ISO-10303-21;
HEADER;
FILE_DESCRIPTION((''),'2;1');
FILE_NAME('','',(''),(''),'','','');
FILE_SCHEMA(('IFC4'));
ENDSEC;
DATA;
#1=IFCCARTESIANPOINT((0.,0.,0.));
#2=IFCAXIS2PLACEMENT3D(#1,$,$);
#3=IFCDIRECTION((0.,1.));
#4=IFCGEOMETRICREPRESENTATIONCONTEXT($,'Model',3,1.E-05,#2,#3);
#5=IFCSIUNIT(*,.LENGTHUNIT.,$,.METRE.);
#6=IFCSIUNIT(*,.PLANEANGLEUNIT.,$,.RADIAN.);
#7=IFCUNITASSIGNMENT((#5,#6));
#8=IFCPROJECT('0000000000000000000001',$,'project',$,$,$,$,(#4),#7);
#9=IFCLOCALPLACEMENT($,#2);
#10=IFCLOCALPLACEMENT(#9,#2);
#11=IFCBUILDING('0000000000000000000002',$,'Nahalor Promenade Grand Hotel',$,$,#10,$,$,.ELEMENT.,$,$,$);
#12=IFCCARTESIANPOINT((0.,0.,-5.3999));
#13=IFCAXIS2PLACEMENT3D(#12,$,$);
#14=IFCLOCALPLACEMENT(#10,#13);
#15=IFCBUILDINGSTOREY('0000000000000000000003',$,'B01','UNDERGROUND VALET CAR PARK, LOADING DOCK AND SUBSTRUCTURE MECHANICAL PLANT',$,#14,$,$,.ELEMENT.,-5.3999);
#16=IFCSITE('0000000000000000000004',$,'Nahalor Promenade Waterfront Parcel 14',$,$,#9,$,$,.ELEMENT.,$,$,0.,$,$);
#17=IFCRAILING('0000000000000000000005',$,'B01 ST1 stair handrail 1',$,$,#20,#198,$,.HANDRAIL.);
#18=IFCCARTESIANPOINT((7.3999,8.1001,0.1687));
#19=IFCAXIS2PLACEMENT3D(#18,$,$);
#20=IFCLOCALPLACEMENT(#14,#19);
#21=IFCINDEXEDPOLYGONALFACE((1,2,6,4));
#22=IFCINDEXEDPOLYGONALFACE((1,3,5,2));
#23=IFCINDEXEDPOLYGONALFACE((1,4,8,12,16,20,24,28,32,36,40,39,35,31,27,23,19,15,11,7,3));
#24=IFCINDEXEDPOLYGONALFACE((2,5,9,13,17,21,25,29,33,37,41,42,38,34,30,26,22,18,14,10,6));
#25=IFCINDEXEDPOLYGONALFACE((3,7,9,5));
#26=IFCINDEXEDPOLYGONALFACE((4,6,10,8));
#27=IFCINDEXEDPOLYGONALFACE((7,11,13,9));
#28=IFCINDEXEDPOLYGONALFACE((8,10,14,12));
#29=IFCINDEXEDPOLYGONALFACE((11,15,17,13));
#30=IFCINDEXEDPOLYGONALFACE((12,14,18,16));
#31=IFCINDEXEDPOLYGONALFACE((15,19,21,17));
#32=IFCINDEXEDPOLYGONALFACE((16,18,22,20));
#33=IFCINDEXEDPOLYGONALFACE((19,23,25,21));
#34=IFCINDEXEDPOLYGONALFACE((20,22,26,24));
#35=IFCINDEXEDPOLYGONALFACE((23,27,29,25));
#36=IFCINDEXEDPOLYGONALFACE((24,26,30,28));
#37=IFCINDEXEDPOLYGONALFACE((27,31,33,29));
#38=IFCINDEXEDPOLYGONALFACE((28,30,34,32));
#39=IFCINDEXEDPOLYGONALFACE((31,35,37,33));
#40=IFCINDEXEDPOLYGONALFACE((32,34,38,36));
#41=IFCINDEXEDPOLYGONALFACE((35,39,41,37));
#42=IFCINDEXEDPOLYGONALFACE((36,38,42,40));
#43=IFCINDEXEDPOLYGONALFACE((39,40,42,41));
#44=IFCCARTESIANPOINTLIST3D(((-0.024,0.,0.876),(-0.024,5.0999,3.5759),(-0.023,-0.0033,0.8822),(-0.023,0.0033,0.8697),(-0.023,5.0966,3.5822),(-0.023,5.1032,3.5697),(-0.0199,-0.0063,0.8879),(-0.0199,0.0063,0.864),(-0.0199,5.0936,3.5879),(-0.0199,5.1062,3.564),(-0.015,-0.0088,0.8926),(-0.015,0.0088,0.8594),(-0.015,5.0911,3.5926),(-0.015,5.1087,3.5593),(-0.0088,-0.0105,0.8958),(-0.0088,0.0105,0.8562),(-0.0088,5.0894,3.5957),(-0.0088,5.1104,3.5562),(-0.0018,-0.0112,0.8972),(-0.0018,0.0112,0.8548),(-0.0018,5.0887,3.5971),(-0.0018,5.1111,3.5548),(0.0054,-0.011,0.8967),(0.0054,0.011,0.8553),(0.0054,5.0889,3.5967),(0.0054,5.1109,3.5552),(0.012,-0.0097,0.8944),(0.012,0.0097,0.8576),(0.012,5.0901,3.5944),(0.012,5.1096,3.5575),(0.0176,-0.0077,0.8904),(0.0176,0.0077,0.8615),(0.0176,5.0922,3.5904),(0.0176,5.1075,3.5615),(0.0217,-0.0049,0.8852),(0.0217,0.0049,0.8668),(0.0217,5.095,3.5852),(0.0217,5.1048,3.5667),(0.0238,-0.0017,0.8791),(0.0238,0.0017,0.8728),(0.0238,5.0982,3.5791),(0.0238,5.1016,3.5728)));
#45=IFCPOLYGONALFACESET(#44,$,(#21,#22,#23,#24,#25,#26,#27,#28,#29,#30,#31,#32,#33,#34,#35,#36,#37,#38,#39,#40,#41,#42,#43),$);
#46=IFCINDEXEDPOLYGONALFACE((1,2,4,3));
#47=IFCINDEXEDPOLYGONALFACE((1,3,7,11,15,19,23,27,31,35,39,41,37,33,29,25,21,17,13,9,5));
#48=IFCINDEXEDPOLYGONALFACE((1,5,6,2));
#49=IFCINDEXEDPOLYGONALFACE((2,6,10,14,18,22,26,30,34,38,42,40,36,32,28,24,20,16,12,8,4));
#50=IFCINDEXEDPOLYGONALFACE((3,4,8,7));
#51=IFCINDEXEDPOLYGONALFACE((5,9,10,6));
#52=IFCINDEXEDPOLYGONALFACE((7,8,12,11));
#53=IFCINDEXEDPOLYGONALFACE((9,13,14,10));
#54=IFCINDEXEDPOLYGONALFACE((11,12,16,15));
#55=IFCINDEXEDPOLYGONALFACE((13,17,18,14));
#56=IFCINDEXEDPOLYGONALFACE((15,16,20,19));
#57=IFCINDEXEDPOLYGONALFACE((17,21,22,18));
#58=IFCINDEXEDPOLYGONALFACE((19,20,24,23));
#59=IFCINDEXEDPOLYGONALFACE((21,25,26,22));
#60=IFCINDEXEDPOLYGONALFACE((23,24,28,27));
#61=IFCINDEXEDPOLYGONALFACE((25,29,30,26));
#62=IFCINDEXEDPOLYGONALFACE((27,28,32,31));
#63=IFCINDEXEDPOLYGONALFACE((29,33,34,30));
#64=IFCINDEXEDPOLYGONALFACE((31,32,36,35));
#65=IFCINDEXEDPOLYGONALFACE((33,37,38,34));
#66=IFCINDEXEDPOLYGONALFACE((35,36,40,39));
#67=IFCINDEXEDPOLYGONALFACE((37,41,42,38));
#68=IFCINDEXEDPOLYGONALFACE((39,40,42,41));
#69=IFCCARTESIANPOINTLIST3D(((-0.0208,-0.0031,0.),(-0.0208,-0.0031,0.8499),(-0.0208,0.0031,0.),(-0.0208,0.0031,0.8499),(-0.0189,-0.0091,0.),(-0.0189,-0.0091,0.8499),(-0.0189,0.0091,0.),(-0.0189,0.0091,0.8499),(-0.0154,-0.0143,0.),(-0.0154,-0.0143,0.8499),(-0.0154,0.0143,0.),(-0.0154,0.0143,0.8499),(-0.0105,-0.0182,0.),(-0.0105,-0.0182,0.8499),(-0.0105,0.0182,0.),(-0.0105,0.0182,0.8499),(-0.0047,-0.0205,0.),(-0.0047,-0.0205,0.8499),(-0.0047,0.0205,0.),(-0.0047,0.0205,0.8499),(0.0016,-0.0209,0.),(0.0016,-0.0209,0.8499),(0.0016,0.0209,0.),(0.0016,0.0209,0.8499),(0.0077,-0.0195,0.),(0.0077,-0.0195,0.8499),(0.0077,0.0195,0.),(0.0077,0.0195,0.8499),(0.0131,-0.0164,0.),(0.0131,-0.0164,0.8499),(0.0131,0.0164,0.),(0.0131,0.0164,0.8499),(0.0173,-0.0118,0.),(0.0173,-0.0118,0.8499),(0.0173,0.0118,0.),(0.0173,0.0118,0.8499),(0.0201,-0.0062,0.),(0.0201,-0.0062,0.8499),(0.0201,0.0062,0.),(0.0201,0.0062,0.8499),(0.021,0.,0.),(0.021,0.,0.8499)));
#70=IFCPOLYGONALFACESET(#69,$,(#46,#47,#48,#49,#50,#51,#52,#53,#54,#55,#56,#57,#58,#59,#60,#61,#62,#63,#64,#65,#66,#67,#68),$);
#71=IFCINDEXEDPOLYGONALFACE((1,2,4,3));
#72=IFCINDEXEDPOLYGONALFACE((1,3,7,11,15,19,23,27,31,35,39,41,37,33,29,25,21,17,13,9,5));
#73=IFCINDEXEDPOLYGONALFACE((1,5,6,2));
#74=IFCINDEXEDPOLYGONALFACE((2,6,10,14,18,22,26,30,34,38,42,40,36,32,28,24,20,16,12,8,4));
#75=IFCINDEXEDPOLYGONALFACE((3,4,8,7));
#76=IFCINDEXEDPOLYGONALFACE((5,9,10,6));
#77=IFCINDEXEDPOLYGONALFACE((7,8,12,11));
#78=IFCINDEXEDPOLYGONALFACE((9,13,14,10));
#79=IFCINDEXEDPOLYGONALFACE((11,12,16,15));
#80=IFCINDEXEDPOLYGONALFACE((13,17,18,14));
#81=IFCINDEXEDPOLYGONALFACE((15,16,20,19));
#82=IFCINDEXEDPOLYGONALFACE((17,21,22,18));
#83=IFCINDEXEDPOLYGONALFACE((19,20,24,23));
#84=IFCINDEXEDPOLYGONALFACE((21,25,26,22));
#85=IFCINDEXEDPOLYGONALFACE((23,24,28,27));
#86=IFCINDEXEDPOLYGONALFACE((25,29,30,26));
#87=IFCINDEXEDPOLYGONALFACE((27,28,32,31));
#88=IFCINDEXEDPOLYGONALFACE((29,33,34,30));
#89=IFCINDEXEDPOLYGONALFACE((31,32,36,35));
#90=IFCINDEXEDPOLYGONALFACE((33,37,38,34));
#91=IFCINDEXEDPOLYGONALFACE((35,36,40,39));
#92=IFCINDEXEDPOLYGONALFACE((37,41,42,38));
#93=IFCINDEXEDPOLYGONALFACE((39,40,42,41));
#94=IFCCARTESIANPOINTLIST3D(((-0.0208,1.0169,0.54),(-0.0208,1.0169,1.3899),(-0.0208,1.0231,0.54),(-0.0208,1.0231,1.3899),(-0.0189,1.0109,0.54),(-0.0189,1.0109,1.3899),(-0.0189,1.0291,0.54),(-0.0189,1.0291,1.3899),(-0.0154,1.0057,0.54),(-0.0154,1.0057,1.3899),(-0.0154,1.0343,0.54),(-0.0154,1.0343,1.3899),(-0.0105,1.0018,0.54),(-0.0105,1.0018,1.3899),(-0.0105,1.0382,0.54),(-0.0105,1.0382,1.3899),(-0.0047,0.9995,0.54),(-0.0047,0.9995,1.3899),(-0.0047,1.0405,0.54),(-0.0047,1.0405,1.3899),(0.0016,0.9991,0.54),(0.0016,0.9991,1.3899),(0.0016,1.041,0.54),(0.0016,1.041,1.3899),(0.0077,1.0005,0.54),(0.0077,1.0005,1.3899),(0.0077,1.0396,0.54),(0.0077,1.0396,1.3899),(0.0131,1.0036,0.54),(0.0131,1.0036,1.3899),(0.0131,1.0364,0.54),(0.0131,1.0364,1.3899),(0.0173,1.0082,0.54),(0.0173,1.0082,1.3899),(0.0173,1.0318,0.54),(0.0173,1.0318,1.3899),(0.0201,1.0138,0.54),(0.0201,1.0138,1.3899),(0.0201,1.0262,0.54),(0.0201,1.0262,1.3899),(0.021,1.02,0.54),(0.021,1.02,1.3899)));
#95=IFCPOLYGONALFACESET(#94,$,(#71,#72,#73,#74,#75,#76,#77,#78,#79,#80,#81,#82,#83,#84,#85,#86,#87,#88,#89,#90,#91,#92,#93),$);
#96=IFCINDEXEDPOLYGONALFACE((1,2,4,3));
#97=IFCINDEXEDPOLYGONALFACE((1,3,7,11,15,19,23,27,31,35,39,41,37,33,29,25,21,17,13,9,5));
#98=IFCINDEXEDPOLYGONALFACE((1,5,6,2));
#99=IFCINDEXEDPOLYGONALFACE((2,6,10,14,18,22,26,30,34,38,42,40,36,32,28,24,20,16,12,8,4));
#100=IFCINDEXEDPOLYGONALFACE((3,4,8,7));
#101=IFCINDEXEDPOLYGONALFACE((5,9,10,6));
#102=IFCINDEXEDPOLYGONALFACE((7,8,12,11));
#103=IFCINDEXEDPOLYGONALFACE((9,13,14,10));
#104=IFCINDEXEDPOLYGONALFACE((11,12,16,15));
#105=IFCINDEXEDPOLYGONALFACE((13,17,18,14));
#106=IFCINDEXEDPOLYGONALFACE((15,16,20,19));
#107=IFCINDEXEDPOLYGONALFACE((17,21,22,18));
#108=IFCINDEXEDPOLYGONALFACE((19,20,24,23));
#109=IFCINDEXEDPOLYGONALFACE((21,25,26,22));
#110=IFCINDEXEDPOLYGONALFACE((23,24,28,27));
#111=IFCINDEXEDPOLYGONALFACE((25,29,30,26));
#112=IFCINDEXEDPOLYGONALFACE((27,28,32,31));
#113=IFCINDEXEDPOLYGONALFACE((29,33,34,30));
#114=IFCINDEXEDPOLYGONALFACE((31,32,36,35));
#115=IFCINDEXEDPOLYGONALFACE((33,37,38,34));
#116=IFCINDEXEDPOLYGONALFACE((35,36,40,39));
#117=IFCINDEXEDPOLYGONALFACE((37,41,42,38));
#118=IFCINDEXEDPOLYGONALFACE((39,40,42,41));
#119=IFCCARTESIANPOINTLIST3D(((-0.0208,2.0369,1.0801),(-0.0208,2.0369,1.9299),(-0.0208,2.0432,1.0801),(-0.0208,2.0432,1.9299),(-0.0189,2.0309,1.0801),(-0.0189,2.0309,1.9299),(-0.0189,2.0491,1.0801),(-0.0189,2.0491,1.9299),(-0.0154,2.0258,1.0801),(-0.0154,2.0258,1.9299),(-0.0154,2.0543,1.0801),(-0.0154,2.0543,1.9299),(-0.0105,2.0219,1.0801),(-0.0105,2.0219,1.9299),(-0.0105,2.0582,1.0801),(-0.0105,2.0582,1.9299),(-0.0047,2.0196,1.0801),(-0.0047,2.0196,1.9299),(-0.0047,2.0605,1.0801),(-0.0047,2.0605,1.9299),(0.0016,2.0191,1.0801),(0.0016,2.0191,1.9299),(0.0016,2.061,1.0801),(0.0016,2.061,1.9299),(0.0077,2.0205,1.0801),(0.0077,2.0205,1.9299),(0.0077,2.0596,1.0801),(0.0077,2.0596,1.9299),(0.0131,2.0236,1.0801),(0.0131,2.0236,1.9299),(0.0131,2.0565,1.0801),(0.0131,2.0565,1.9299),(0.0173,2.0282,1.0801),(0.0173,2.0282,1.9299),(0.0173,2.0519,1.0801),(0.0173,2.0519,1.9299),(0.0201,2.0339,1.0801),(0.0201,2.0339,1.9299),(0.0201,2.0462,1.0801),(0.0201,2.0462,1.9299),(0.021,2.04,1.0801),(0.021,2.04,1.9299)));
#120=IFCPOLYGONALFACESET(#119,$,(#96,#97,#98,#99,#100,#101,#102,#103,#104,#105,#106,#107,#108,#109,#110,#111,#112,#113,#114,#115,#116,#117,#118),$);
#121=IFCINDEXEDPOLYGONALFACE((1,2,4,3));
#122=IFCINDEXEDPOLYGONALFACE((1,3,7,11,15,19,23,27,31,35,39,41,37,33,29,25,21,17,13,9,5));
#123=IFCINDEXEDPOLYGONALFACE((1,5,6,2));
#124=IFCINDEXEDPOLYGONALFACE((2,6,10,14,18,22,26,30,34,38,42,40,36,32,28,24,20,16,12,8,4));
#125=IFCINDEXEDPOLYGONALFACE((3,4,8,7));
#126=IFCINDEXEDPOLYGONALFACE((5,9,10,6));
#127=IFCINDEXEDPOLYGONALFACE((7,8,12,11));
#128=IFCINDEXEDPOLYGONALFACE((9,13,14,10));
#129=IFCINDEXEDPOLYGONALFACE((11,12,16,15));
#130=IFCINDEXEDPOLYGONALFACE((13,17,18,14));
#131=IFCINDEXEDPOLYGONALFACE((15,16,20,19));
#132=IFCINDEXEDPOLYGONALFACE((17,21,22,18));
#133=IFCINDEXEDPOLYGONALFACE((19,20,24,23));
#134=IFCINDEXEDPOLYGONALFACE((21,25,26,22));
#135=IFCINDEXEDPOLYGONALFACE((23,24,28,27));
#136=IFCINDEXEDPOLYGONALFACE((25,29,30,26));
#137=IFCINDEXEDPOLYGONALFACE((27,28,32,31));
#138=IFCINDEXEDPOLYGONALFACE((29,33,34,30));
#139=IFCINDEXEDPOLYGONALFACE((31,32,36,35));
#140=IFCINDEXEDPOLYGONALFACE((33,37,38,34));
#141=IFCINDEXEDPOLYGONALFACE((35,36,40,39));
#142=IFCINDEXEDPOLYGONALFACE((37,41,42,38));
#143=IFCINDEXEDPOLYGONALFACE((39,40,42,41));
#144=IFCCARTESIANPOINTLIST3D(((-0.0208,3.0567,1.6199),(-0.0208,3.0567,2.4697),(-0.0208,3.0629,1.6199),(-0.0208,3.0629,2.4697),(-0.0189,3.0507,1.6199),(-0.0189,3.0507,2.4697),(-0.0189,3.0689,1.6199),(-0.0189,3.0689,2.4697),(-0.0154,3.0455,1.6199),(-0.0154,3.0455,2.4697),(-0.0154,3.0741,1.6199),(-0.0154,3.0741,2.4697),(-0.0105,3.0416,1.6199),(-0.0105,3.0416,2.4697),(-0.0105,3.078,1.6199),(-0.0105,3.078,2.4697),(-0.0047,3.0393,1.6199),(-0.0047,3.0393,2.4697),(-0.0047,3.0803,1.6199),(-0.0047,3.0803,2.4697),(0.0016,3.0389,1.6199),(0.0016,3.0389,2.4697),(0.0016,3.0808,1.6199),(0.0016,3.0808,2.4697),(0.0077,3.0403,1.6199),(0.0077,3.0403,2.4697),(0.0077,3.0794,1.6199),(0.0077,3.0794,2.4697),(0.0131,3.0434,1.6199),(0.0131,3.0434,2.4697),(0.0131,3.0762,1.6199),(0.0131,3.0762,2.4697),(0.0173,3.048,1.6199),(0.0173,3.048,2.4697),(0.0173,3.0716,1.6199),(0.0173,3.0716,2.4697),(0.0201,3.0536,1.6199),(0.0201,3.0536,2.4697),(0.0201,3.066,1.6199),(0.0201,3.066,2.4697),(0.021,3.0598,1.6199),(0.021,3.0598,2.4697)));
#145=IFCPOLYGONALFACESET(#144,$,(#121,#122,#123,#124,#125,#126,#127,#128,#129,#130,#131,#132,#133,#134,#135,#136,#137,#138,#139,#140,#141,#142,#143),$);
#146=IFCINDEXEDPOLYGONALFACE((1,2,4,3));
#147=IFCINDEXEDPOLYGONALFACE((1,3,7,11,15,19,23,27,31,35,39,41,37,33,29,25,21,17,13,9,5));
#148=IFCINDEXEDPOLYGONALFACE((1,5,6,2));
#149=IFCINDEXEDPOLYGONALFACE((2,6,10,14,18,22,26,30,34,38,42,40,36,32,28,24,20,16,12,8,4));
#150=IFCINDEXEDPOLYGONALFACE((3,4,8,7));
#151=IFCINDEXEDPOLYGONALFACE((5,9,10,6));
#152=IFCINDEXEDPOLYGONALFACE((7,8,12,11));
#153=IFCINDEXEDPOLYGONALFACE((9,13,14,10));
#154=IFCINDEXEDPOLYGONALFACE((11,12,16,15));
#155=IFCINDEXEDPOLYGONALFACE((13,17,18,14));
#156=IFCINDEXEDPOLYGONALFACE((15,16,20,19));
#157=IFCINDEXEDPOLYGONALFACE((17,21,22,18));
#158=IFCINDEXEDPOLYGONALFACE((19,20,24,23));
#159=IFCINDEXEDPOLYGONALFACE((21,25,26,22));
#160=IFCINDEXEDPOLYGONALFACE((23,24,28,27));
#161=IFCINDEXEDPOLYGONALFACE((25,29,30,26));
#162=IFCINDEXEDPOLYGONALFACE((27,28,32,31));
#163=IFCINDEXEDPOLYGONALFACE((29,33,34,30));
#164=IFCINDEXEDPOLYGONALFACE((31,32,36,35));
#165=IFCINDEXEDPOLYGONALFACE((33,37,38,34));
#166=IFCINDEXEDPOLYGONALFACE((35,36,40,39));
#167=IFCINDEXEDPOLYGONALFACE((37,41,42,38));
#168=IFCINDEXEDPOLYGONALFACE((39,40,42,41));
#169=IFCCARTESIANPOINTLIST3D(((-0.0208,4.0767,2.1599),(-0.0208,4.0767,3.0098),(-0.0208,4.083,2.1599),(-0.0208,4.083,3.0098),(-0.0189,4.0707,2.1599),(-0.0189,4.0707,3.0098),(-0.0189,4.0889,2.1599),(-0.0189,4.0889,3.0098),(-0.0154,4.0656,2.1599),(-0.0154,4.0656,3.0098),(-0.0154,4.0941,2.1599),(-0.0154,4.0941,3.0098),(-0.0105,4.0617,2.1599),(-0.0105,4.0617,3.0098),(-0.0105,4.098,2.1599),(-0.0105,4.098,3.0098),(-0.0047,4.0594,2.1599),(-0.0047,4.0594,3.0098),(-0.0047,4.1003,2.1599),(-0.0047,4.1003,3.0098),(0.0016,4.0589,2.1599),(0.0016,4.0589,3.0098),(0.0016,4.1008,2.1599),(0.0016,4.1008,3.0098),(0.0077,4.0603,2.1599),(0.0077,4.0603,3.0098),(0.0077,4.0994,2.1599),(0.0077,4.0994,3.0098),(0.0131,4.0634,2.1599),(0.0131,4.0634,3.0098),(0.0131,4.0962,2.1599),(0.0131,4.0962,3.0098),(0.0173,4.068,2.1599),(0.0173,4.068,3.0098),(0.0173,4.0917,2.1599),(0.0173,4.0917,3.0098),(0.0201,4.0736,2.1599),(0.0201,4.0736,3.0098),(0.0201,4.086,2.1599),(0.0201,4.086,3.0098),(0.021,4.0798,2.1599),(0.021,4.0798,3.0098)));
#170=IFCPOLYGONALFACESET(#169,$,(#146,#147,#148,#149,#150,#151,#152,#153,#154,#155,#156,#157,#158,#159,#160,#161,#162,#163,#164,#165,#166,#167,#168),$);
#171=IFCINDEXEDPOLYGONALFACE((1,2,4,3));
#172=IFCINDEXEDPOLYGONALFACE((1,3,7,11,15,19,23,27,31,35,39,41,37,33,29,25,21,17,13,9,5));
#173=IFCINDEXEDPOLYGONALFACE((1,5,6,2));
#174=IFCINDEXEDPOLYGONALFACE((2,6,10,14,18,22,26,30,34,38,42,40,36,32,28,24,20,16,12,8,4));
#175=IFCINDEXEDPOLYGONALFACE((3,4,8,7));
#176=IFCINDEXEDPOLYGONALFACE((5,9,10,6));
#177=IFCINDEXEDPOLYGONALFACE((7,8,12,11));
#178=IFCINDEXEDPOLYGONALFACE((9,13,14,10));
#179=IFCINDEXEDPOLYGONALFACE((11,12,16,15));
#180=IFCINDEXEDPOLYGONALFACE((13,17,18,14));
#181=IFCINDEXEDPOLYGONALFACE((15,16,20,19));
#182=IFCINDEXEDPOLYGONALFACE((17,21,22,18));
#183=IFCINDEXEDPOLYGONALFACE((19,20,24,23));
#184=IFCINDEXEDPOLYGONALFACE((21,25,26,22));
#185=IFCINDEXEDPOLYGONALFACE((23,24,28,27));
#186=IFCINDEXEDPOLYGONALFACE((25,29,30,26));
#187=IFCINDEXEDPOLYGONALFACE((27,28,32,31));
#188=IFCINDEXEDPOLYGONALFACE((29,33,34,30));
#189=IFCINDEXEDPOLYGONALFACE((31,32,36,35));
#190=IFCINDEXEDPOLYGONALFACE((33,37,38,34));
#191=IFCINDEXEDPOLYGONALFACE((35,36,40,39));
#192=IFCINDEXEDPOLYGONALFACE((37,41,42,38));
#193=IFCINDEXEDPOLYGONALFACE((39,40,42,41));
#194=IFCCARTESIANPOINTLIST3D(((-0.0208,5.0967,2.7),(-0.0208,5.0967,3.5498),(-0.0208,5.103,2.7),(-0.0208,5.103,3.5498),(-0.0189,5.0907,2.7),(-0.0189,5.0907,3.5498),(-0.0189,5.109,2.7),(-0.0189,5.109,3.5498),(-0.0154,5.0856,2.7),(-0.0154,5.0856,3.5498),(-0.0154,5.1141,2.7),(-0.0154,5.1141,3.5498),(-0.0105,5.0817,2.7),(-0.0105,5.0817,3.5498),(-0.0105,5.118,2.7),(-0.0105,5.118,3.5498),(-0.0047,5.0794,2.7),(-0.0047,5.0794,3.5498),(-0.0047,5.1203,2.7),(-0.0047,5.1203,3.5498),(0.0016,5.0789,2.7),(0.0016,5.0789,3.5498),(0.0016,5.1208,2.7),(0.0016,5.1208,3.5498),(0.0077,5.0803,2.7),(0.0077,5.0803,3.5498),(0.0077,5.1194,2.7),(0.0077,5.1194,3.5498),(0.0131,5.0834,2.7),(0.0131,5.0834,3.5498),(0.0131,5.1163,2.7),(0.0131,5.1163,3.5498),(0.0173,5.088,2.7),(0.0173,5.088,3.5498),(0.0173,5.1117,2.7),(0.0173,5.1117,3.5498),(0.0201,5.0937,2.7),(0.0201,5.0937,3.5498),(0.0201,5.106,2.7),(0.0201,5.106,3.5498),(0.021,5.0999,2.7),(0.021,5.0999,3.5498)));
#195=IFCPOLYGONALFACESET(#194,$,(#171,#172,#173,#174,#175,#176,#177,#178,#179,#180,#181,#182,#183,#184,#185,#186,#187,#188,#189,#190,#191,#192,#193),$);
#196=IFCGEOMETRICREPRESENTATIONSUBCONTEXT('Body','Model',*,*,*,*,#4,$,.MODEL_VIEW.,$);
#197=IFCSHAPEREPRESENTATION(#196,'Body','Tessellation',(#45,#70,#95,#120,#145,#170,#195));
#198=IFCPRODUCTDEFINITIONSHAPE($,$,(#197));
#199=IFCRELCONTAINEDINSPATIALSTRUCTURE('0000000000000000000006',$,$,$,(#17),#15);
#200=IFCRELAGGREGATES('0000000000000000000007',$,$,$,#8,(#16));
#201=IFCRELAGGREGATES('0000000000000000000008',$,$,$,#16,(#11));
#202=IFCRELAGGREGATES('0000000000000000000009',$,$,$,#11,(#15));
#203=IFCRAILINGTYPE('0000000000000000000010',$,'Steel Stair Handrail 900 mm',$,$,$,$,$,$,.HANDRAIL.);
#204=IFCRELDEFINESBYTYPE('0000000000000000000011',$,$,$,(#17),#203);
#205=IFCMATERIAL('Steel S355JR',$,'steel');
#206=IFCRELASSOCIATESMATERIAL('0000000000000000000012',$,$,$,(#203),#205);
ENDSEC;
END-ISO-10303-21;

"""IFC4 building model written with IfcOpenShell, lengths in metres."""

from ifc_helpers import new_model, si_unit, direction, frame, origin, origin_2d, place, context, subcontext, project, spatial, circle, extrude, material, type_object, element, save


model = new_model("IFC4")

# Units and contexts
model_context = context("Model", 3, precision=1e-05, world=origin(), true_north=direction((0.0, 1.0)))
body_context = subcontext(model_context, "Body", "Model", "MODEL_VIEW")
ifc_project = project(units=[si_unit("LENGTHUNIT", "METRE"), si_unit("PLANEANGLEUNIT", "RADIAN")], contexts=[model_context])

# Site, building, storey
site_placement = place(None, origin())
site = spatial("IfcSite", under=ifc_project, at=site_placement, Name="Nahalor Promenade Waterfront Parcel 14", CompositionType="ELEMENT", RefElevation=0.0)
building_placement = place(site_placement, origin())
building = spatial("IfcBuilding", under=site, at=building_placement, Name="Nahalor Promenade Grand Hotel", CompositionType="ELEMENT")
storey_placement = place(building_placement, frame((0.0, 0.0, -5.3999)))
storey = spatial("IfcBuildingStorey", under=building, at=storey_placement, Name="B01", Description="UNDERGROUND VALET CAR PARK, LOADING DOCK AND SUBSTRUCTURE MECHANICAL PLANT", CompositionType="ELEMENT", Elevation=-5.3999)

# Shared definitions
ifc_material_1 = material(Name="Steel S355JR", Category="steel")

# Railing
railing_type_1 = type_object("IfcRailingType", Name="Steel Stair Handrail 900 mm", PredefinedType="HANDRAIL", material=ifc_material_1)
railing_1_placement = place(storey_placement, frame((7.3999, 8.1001, 0.1687)))
element("IfcRailing", 1, at=railing_1_placement, inside=storey, type_object=railing_type_1, Name="B01 ST1 stair handrail 1", PredefinedType="HANDRAIL", context=body_context, shape_type="SweptSolid", body=[
    extrude(circle(Radius=0.024, at=origin_2d()), frame((0.0, 0.0, 0.876), z_axis=(0.0, 0.883786, 0.467892), x_axis=(-1.0, 0.0, 0.0)), (0.0, 0.0, 1.0), 5.7705),
    extrude(circle(Radius=0.021, at=origin_2d()), origin(), (0.0, 0.0, 1.0), 0.8499),
    extrude(circle(Radius=0.021, at=origin_2d()), frame((0.0, 1.02, 0.54)), (0.0, 0.0, 1.0), 0.8499),
    extrude(circle(Radius=0.021, at=origin_2d()), frame((0.0, 2.04, 1.0801)), (0.0, 0.0, 1.0), 0.8499),
    extrude(circle(Radius=0.021, at=origin_2d()), frame((0.0, 3.0598, 1.6199)), (0.0, 0.0, 1.0), 0.8499),
    extrude(circle(Radius=0.021, at=origin_2d()), frame((0.0, 4.0798, 2.1599)), (0.0, 0.0, 1.0), 0.8499),
    extrude(circle(Radius=0.021, at=origin_2d()), frame((0.0, 5.0999, 2.7)), (0.0, 0.0, 1.0), 0.8499),
])

save(model, "model.ifc")
